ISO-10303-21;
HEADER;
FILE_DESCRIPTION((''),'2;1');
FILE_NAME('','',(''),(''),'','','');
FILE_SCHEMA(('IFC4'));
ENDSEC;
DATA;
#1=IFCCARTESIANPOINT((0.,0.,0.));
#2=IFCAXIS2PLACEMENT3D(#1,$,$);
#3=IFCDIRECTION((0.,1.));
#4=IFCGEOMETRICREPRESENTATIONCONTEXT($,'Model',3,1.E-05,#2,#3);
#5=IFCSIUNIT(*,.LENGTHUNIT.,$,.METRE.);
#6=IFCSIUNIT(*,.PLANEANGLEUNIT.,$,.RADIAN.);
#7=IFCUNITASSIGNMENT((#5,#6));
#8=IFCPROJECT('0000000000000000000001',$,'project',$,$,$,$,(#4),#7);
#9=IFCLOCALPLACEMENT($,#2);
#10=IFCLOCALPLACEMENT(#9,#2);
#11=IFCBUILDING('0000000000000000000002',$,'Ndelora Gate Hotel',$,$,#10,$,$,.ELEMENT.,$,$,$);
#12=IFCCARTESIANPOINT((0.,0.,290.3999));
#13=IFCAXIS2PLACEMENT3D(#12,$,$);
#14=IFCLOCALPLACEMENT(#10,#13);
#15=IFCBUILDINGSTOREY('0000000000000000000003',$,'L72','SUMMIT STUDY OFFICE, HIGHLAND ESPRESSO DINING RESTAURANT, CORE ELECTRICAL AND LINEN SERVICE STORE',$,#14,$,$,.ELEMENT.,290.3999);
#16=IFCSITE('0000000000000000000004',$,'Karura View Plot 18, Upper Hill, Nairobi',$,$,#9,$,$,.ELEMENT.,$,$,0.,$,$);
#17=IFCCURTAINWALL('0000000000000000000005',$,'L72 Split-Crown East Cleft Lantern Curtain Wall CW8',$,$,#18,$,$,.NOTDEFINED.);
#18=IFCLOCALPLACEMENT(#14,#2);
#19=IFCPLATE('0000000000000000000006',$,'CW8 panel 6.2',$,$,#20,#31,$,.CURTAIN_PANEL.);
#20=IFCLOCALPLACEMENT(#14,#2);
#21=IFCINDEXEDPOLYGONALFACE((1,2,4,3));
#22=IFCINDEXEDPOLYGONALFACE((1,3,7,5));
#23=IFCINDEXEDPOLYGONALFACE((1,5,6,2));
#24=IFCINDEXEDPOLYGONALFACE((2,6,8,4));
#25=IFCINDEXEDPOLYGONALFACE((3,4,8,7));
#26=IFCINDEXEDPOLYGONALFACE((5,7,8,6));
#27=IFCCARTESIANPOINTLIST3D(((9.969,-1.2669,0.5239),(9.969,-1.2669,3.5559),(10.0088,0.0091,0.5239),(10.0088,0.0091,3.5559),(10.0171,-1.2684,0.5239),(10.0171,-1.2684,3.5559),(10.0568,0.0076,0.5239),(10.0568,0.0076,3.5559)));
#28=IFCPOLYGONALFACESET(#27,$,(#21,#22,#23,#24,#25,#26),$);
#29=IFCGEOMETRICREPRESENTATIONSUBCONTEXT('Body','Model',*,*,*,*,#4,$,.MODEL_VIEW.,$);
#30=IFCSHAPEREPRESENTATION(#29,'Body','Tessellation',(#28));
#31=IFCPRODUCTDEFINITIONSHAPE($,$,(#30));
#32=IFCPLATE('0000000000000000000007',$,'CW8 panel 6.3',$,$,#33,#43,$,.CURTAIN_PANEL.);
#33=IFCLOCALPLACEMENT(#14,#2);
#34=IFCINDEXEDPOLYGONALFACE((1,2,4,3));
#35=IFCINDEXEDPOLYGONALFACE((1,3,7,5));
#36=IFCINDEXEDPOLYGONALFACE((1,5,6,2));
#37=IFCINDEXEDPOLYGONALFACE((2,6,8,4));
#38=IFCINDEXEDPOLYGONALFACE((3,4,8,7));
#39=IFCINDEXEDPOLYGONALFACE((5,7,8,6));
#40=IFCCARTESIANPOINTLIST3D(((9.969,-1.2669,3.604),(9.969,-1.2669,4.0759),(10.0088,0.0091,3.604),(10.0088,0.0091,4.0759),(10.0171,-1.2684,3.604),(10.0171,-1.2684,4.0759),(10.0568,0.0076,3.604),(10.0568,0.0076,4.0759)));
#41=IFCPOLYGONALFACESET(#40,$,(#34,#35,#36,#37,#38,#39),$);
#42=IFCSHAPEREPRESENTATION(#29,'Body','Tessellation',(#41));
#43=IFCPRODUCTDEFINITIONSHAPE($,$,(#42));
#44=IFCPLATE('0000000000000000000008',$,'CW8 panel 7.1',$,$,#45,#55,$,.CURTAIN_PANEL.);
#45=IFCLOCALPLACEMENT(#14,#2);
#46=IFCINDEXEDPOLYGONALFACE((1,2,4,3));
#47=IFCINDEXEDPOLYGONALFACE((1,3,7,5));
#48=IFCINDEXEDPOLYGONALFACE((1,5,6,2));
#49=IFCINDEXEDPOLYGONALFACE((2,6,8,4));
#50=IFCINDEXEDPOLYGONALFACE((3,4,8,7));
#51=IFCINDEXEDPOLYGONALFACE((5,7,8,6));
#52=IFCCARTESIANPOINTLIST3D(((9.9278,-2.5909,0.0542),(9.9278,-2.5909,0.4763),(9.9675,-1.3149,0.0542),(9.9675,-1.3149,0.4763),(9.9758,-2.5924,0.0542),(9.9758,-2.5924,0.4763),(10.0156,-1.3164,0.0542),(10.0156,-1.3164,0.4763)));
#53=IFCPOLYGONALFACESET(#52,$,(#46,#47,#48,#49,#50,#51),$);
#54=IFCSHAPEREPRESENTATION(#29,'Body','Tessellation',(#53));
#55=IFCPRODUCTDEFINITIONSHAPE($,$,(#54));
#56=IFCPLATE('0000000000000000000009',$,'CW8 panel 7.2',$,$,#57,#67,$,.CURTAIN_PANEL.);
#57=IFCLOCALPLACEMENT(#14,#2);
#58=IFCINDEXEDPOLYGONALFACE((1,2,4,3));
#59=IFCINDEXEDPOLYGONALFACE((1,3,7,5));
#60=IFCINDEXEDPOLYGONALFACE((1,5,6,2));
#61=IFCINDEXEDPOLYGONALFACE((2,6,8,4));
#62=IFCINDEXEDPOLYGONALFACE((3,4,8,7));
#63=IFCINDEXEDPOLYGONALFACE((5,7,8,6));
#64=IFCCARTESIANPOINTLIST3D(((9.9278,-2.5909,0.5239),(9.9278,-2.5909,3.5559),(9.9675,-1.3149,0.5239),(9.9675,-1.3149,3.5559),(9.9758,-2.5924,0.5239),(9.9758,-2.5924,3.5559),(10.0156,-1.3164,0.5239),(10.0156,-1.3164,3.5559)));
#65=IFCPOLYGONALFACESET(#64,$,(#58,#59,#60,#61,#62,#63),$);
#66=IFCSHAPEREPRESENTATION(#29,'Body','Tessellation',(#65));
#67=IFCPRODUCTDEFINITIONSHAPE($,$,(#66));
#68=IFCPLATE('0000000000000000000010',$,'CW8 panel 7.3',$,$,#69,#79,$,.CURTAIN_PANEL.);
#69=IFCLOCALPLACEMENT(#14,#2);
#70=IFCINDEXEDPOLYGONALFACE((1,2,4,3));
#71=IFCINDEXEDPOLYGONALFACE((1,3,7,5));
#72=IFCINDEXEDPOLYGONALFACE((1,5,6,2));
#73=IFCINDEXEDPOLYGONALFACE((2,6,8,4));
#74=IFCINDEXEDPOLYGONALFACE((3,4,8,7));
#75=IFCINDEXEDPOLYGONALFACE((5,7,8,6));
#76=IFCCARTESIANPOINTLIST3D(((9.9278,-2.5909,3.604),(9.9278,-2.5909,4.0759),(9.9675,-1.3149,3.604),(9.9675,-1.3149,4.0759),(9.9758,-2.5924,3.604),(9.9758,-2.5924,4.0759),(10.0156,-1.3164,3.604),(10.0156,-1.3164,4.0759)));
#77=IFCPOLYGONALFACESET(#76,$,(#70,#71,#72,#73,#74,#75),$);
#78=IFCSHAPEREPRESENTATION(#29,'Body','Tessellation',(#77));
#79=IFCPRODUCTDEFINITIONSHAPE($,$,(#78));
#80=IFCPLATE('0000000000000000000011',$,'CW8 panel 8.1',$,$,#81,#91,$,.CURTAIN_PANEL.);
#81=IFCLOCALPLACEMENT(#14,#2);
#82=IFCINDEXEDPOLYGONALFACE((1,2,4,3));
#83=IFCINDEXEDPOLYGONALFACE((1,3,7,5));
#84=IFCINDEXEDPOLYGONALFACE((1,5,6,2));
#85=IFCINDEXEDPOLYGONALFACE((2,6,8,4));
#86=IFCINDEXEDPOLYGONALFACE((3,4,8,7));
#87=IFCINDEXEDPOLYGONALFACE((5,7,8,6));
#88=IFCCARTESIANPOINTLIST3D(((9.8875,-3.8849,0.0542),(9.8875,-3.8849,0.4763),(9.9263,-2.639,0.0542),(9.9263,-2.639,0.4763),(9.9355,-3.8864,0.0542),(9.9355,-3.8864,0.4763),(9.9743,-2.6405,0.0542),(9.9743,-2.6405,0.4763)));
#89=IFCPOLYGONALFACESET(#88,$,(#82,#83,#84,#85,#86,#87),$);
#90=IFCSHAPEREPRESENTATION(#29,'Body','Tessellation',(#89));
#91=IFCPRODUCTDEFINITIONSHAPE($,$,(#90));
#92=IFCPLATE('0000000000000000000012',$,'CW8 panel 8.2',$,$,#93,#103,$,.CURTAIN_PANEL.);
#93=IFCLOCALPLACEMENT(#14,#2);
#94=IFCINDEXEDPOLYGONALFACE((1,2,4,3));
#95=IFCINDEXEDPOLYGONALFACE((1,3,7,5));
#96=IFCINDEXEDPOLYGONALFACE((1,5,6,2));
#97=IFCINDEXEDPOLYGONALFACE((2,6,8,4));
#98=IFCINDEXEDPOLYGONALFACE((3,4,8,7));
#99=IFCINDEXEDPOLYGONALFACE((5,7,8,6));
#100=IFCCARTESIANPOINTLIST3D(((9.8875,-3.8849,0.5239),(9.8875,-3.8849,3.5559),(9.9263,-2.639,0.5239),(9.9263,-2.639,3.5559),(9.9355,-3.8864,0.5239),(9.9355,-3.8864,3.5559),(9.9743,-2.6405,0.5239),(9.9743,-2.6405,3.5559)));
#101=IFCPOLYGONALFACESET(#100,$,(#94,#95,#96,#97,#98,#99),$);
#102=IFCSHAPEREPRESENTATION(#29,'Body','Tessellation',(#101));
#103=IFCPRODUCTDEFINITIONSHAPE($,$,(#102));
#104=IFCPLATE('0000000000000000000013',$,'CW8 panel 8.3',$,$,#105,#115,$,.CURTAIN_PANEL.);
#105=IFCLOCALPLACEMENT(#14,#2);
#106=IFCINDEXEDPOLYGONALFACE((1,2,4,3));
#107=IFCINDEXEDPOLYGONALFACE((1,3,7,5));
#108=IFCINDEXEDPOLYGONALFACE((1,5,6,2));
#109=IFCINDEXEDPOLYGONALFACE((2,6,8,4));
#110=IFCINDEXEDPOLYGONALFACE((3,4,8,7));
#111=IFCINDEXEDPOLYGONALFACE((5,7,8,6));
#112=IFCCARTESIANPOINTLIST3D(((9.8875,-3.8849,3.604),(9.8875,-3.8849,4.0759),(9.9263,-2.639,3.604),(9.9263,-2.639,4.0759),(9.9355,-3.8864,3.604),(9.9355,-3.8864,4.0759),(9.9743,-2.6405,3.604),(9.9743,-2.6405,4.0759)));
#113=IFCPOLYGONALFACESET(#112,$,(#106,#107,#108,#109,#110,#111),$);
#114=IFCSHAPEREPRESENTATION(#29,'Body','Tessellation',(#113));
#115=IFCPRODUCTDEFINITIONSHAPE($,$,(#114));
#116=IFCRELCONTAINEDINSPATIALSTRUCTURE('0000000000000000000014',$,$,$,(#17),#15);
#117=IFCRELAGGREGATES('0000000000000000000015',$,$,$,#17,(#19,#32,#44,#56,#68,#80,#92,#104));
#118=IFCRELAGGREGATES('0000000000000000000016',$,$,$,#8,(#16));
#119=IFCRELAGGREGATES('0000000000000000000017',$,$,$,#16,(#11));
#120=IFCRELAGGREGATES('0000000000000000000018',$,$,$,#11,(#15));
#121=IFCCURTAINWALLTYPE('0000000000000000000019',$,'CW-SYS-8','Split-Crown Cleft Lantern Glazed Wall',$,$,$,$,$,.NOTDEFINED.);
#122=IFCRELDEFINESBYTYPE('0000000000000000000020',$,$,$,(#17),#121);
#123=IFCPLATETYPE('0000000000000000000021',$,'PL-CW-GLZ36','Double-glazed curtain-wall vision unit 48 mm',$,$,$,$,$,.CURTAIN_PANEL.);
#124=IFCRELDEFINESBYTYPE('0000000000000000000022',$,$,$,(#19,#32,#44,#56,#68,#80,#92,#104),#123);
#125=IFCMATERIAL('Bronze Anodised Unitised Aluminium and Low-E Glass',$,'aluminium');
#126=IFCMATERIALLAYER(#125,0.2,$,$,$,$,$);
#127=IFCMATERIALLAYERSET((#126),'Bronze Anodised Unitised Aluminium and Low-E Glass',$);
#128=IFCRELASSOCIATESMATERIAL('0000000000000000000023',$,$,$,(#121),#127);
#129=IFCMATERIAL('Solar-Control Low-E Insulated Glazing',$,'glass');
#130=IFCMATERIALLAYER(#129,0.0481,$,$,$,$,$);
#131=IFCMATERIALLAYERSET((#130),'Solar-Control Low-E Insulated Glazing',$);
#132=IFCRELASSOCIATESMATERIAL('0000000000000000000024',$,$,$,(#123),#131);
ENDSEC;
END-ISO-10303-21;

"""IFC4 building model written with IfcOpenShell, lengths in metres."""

from ifc_helpers import new_model, si_unit, direction, frame, origin, origin_2d, place, context, subcontext, project, spatial, rectangle, extrude, material, layer, layer_set, type_object, element, aggregate, save


model = new_model("IFC4")

# Units and contexts
model_context = context("Model", 3, precision=1e-05, world=origin(), true_north=direction((0.0, 1.0)))
body_context = subcontext(model_context, "Body", "Model", "MODEL_VIEW")
ifc_project = project(units=[si_unit("LENGTHUNIT", "METRE"), si_unit("PLANEANGLEUNIT", "RADIAN")], contexts=[model_context])

# Site, building, storey
site_placement = place(None, origin())
site = spatial("IfcSite", under=ifc_project, at=site_placement, Name="Karura View Plot 18, Upper Hill, Nairobi", CompositionType="ELEMENT", RefElevation=0.0)
building_placement = place(site_placement, origin())
building = spatial("IfcBuilding", under=site, at=building_placement, Name="Ndelora Gate Hotel", CompositionType="ELEMENT")
storey_placement = place(building_placement, frame((0.0, 0.0, 290.3999)))
storey = spatial("IfcBuildingStorey", under=building, at=storey_placement, Name="L72", Description="SUMMIT STUDY OFFICE, HIGHLAND ESPRESSO DINING RESTAURANT, CORE ELECTRICAL AND LINEN SERVICE STORE", CompositionType="ELEMENT", Elevation=290.3999)

# Shared definitions
ifc_material_1 = material(Name="Bronze Anodised Unitised Aluminium and Low-E Glass", Category="aluminium")
ifc_layer_1 = layer(ifc_material_1, 0.2)
ifc_layer_set_1 = layer_set([ifc_layer_1], Name="Bronze Anodised Unitised Aluminium and Low-E Glass")
curtain_wall_type = type_object("IfcCurtainWallType", Name="CW-SYS-8", Description="Split-Crown Cleft Lantern Glazed Wall", PredefinedType="NOTDEFINED", material=ifc_layer_set_1)

# Curtain wall
curtain_wall_1_placement = place(storey_placement, origin())
curtain_wall_1 = element("IfcCurtainWall", 1, at=curtain_wall_1_placement, inside=storey, type_object=curtain_wall_type, Name="L72 Split-Crown East Cleft Lantern Curtain Wall CW8", PredefinedType="NOTDEFINED")

# Plates
ifc_material_2 = material(Name="Solar-Control Low-E Insulated Glazing", Category="glass")
ifc_layer_2 = layer(ifc_material_2, 0.0481)
ifc_layer_set_2 = layer_set([ifc_layer_2], Name="Solar-Control Low-E Insulated Glazing")
plate_type = type_object("IfcPlateType", Name="PL-CW-GLZ36", Description="Double-glazed curtain-wall vision unit 48 mm", PredefinedType="CURTAIN_PANEL", material=ifc_layer_set_2)
plate_1_placement = place(storey_placement, frame((10.0129, -0.6296, 0.5239), z_axis=(0.0, 0.0, 1.0), x_axis=(-0.031131, -0.999515, 0.0)))
plate_1 = element("IfcPlate", 2, at=plate_1_placement, type_object=plate_type, Name="CW8 panel 6.2", PredefinedType="CURTAIN_PANEL", context=body_context, shape_type="SweptSolid", body=[
    extrude(rectangle(XDim=1.2766, YDim=0.0481, at=origin_2d()), origin(), (0.0, 0.0, 1.0), 3.032),
])
plate_2_placement = place(storey_placement, frame((10.0129, -0.6296, 3.604), z_axis=(0.0, 0.0, 1.0), x_axis=(-0.031131, -0.999515, 0.0)))
plate_2 = element("IfcPlate", 3, at=plate_2_placement, type_object=plate_type, Name="CW8 panel 6.3", PredefinedType="CURTAIN_PANEL", context=body_context, shape_type="SweptSolid", body=[
    extrude(rectangle(XDim=1.2766, YDim=0.0481, at=origin_2d()), origin(), (0.0, 0.0, 1.0), 0.4719),
])
plate_3_placement = place(storey_placement, frame((9.9717, -1.9536, 0.0542), z_axis=(0.0, 0.0, 1.0), x_axis=(-0.031131, -0.999515, 0.0)))
plate_3 = element("IfcPlate", 4, at=plate_3_placement, type_object=plate_type, Name="CW8 panel 7.1", PredefinedType="CURTAIN_PANEL", context=body_context, shape_type="SweptSolid", body=[
    extrude(rectangle(XDim=1.2766, YDim=0.0481, at=origin_2d()), origin(), (0.0, 0.0, 1.0), 0.4221),
])
plate_4_placement = place(storey_placement, frame((9.9717, -1.9536, 0.5239), z_axis=(0.0, 0.0, 1.0), x_axis=(-0.031131, -0.999515, 0.0)))
plate_4 = element("IfcPlate", 5, at=plate_4_placement, type_object=plate_type, Name="CW8 panel 7.2", PredefinedType="CURTAIN_PANEL", context=body_context, shape_type="SweptSolid", body=[
    extrude(rectangle(XDim=1.2766, YDim=0.0481, at=origin_2d()), origin(), (0.0, 0.0, 1.0), 3.032),
])
plate_5_placement = place(storey_placement, frame((9.9717, -1.9536, 3.604), z_axis=(0.0, 0.0, 1.0), x_axis=(-0.031131, -0.999515, 0.0)))
plate_5 = element("IfcPlate", 6, at=plate_5_placement, type_object=plate_type, Name="CW8 panel 7.3", PredefinedType="CURTAIN_PANEL", context=body_context, shape_type="SweptSolid", body=[
    extrude(rectangle(XDim=1.2766, YDim=0.0481, at=origin_2d()), origin(), (0.0, 0.0, 1.0), 0.4719),
])
plate_6_placement = place(storey_placement, frame((9.9309, -3.2627, 0.0542), z_axis=(0.0, 0.0, 1.0), x_axis=(-0.031131, -0.999515, 0.0)))
plate_6 = element("IfcPlate", 7, at=plate_6_placement, type_object=plate_type, Name="CW8 panel 8.1", PredefinedType="CURTAIN_PANEL", context=body_context, shape_type="SweptSolid", body=[
    extrude(rectangle(XDim=1.2466, YDim=0.0481, at=origin_2d()), origin(), (0.0, 0.0, 1.0), 0.4221),
])
plate_7_placement = place(storey_placement, frame((9.9309, -3.2627, 0.5239), z_axis=(0.0, 0.0, 1.0), x_axis=(-0.031131, -0.999515, 0.0)))
plate_7 = element("IfcPlate", 8, at=plate_7_placement, type_object=plate_type, Name="CW8 panel 8.2", PredefinedType="CURTAIN_PANEL", context=body_context, shape_type="SweptSolid", body=[
    extrude(rectangle(XDim=1.2466, YDim=0.0481, at=origin_2d()), origin(), (0.0, 0.0, 1.0), 3.032),
])
plate_8_placement = place(storey_placement, frame((9.9309, -3.2627, 3.604), z_axis=(0.0, 0.0, 1.0), x_axis=(-0.031131, -0.999515, 0.0)))
plate_8 = element("IfcPlate", 9, at=plate_8_placement, type_object=plate_type, Name="CW8 panel 8.3", PredefinedType="CURTAIN_PANEL", context=body_context, shape_type="SweptSolid", body=[
    extrude(rectangle(XDim=1.2466, YDim=0.0481, at=origin_2d()), origin(), (0.0, 0.0, 1.0), 0.4719),
])
aggregate(curtain_wall_1, [plate_1, plate_2, plate_3, plate_4, plate_5, plate_6, plate_7, plate_8])

save(model, "model.ifc")
